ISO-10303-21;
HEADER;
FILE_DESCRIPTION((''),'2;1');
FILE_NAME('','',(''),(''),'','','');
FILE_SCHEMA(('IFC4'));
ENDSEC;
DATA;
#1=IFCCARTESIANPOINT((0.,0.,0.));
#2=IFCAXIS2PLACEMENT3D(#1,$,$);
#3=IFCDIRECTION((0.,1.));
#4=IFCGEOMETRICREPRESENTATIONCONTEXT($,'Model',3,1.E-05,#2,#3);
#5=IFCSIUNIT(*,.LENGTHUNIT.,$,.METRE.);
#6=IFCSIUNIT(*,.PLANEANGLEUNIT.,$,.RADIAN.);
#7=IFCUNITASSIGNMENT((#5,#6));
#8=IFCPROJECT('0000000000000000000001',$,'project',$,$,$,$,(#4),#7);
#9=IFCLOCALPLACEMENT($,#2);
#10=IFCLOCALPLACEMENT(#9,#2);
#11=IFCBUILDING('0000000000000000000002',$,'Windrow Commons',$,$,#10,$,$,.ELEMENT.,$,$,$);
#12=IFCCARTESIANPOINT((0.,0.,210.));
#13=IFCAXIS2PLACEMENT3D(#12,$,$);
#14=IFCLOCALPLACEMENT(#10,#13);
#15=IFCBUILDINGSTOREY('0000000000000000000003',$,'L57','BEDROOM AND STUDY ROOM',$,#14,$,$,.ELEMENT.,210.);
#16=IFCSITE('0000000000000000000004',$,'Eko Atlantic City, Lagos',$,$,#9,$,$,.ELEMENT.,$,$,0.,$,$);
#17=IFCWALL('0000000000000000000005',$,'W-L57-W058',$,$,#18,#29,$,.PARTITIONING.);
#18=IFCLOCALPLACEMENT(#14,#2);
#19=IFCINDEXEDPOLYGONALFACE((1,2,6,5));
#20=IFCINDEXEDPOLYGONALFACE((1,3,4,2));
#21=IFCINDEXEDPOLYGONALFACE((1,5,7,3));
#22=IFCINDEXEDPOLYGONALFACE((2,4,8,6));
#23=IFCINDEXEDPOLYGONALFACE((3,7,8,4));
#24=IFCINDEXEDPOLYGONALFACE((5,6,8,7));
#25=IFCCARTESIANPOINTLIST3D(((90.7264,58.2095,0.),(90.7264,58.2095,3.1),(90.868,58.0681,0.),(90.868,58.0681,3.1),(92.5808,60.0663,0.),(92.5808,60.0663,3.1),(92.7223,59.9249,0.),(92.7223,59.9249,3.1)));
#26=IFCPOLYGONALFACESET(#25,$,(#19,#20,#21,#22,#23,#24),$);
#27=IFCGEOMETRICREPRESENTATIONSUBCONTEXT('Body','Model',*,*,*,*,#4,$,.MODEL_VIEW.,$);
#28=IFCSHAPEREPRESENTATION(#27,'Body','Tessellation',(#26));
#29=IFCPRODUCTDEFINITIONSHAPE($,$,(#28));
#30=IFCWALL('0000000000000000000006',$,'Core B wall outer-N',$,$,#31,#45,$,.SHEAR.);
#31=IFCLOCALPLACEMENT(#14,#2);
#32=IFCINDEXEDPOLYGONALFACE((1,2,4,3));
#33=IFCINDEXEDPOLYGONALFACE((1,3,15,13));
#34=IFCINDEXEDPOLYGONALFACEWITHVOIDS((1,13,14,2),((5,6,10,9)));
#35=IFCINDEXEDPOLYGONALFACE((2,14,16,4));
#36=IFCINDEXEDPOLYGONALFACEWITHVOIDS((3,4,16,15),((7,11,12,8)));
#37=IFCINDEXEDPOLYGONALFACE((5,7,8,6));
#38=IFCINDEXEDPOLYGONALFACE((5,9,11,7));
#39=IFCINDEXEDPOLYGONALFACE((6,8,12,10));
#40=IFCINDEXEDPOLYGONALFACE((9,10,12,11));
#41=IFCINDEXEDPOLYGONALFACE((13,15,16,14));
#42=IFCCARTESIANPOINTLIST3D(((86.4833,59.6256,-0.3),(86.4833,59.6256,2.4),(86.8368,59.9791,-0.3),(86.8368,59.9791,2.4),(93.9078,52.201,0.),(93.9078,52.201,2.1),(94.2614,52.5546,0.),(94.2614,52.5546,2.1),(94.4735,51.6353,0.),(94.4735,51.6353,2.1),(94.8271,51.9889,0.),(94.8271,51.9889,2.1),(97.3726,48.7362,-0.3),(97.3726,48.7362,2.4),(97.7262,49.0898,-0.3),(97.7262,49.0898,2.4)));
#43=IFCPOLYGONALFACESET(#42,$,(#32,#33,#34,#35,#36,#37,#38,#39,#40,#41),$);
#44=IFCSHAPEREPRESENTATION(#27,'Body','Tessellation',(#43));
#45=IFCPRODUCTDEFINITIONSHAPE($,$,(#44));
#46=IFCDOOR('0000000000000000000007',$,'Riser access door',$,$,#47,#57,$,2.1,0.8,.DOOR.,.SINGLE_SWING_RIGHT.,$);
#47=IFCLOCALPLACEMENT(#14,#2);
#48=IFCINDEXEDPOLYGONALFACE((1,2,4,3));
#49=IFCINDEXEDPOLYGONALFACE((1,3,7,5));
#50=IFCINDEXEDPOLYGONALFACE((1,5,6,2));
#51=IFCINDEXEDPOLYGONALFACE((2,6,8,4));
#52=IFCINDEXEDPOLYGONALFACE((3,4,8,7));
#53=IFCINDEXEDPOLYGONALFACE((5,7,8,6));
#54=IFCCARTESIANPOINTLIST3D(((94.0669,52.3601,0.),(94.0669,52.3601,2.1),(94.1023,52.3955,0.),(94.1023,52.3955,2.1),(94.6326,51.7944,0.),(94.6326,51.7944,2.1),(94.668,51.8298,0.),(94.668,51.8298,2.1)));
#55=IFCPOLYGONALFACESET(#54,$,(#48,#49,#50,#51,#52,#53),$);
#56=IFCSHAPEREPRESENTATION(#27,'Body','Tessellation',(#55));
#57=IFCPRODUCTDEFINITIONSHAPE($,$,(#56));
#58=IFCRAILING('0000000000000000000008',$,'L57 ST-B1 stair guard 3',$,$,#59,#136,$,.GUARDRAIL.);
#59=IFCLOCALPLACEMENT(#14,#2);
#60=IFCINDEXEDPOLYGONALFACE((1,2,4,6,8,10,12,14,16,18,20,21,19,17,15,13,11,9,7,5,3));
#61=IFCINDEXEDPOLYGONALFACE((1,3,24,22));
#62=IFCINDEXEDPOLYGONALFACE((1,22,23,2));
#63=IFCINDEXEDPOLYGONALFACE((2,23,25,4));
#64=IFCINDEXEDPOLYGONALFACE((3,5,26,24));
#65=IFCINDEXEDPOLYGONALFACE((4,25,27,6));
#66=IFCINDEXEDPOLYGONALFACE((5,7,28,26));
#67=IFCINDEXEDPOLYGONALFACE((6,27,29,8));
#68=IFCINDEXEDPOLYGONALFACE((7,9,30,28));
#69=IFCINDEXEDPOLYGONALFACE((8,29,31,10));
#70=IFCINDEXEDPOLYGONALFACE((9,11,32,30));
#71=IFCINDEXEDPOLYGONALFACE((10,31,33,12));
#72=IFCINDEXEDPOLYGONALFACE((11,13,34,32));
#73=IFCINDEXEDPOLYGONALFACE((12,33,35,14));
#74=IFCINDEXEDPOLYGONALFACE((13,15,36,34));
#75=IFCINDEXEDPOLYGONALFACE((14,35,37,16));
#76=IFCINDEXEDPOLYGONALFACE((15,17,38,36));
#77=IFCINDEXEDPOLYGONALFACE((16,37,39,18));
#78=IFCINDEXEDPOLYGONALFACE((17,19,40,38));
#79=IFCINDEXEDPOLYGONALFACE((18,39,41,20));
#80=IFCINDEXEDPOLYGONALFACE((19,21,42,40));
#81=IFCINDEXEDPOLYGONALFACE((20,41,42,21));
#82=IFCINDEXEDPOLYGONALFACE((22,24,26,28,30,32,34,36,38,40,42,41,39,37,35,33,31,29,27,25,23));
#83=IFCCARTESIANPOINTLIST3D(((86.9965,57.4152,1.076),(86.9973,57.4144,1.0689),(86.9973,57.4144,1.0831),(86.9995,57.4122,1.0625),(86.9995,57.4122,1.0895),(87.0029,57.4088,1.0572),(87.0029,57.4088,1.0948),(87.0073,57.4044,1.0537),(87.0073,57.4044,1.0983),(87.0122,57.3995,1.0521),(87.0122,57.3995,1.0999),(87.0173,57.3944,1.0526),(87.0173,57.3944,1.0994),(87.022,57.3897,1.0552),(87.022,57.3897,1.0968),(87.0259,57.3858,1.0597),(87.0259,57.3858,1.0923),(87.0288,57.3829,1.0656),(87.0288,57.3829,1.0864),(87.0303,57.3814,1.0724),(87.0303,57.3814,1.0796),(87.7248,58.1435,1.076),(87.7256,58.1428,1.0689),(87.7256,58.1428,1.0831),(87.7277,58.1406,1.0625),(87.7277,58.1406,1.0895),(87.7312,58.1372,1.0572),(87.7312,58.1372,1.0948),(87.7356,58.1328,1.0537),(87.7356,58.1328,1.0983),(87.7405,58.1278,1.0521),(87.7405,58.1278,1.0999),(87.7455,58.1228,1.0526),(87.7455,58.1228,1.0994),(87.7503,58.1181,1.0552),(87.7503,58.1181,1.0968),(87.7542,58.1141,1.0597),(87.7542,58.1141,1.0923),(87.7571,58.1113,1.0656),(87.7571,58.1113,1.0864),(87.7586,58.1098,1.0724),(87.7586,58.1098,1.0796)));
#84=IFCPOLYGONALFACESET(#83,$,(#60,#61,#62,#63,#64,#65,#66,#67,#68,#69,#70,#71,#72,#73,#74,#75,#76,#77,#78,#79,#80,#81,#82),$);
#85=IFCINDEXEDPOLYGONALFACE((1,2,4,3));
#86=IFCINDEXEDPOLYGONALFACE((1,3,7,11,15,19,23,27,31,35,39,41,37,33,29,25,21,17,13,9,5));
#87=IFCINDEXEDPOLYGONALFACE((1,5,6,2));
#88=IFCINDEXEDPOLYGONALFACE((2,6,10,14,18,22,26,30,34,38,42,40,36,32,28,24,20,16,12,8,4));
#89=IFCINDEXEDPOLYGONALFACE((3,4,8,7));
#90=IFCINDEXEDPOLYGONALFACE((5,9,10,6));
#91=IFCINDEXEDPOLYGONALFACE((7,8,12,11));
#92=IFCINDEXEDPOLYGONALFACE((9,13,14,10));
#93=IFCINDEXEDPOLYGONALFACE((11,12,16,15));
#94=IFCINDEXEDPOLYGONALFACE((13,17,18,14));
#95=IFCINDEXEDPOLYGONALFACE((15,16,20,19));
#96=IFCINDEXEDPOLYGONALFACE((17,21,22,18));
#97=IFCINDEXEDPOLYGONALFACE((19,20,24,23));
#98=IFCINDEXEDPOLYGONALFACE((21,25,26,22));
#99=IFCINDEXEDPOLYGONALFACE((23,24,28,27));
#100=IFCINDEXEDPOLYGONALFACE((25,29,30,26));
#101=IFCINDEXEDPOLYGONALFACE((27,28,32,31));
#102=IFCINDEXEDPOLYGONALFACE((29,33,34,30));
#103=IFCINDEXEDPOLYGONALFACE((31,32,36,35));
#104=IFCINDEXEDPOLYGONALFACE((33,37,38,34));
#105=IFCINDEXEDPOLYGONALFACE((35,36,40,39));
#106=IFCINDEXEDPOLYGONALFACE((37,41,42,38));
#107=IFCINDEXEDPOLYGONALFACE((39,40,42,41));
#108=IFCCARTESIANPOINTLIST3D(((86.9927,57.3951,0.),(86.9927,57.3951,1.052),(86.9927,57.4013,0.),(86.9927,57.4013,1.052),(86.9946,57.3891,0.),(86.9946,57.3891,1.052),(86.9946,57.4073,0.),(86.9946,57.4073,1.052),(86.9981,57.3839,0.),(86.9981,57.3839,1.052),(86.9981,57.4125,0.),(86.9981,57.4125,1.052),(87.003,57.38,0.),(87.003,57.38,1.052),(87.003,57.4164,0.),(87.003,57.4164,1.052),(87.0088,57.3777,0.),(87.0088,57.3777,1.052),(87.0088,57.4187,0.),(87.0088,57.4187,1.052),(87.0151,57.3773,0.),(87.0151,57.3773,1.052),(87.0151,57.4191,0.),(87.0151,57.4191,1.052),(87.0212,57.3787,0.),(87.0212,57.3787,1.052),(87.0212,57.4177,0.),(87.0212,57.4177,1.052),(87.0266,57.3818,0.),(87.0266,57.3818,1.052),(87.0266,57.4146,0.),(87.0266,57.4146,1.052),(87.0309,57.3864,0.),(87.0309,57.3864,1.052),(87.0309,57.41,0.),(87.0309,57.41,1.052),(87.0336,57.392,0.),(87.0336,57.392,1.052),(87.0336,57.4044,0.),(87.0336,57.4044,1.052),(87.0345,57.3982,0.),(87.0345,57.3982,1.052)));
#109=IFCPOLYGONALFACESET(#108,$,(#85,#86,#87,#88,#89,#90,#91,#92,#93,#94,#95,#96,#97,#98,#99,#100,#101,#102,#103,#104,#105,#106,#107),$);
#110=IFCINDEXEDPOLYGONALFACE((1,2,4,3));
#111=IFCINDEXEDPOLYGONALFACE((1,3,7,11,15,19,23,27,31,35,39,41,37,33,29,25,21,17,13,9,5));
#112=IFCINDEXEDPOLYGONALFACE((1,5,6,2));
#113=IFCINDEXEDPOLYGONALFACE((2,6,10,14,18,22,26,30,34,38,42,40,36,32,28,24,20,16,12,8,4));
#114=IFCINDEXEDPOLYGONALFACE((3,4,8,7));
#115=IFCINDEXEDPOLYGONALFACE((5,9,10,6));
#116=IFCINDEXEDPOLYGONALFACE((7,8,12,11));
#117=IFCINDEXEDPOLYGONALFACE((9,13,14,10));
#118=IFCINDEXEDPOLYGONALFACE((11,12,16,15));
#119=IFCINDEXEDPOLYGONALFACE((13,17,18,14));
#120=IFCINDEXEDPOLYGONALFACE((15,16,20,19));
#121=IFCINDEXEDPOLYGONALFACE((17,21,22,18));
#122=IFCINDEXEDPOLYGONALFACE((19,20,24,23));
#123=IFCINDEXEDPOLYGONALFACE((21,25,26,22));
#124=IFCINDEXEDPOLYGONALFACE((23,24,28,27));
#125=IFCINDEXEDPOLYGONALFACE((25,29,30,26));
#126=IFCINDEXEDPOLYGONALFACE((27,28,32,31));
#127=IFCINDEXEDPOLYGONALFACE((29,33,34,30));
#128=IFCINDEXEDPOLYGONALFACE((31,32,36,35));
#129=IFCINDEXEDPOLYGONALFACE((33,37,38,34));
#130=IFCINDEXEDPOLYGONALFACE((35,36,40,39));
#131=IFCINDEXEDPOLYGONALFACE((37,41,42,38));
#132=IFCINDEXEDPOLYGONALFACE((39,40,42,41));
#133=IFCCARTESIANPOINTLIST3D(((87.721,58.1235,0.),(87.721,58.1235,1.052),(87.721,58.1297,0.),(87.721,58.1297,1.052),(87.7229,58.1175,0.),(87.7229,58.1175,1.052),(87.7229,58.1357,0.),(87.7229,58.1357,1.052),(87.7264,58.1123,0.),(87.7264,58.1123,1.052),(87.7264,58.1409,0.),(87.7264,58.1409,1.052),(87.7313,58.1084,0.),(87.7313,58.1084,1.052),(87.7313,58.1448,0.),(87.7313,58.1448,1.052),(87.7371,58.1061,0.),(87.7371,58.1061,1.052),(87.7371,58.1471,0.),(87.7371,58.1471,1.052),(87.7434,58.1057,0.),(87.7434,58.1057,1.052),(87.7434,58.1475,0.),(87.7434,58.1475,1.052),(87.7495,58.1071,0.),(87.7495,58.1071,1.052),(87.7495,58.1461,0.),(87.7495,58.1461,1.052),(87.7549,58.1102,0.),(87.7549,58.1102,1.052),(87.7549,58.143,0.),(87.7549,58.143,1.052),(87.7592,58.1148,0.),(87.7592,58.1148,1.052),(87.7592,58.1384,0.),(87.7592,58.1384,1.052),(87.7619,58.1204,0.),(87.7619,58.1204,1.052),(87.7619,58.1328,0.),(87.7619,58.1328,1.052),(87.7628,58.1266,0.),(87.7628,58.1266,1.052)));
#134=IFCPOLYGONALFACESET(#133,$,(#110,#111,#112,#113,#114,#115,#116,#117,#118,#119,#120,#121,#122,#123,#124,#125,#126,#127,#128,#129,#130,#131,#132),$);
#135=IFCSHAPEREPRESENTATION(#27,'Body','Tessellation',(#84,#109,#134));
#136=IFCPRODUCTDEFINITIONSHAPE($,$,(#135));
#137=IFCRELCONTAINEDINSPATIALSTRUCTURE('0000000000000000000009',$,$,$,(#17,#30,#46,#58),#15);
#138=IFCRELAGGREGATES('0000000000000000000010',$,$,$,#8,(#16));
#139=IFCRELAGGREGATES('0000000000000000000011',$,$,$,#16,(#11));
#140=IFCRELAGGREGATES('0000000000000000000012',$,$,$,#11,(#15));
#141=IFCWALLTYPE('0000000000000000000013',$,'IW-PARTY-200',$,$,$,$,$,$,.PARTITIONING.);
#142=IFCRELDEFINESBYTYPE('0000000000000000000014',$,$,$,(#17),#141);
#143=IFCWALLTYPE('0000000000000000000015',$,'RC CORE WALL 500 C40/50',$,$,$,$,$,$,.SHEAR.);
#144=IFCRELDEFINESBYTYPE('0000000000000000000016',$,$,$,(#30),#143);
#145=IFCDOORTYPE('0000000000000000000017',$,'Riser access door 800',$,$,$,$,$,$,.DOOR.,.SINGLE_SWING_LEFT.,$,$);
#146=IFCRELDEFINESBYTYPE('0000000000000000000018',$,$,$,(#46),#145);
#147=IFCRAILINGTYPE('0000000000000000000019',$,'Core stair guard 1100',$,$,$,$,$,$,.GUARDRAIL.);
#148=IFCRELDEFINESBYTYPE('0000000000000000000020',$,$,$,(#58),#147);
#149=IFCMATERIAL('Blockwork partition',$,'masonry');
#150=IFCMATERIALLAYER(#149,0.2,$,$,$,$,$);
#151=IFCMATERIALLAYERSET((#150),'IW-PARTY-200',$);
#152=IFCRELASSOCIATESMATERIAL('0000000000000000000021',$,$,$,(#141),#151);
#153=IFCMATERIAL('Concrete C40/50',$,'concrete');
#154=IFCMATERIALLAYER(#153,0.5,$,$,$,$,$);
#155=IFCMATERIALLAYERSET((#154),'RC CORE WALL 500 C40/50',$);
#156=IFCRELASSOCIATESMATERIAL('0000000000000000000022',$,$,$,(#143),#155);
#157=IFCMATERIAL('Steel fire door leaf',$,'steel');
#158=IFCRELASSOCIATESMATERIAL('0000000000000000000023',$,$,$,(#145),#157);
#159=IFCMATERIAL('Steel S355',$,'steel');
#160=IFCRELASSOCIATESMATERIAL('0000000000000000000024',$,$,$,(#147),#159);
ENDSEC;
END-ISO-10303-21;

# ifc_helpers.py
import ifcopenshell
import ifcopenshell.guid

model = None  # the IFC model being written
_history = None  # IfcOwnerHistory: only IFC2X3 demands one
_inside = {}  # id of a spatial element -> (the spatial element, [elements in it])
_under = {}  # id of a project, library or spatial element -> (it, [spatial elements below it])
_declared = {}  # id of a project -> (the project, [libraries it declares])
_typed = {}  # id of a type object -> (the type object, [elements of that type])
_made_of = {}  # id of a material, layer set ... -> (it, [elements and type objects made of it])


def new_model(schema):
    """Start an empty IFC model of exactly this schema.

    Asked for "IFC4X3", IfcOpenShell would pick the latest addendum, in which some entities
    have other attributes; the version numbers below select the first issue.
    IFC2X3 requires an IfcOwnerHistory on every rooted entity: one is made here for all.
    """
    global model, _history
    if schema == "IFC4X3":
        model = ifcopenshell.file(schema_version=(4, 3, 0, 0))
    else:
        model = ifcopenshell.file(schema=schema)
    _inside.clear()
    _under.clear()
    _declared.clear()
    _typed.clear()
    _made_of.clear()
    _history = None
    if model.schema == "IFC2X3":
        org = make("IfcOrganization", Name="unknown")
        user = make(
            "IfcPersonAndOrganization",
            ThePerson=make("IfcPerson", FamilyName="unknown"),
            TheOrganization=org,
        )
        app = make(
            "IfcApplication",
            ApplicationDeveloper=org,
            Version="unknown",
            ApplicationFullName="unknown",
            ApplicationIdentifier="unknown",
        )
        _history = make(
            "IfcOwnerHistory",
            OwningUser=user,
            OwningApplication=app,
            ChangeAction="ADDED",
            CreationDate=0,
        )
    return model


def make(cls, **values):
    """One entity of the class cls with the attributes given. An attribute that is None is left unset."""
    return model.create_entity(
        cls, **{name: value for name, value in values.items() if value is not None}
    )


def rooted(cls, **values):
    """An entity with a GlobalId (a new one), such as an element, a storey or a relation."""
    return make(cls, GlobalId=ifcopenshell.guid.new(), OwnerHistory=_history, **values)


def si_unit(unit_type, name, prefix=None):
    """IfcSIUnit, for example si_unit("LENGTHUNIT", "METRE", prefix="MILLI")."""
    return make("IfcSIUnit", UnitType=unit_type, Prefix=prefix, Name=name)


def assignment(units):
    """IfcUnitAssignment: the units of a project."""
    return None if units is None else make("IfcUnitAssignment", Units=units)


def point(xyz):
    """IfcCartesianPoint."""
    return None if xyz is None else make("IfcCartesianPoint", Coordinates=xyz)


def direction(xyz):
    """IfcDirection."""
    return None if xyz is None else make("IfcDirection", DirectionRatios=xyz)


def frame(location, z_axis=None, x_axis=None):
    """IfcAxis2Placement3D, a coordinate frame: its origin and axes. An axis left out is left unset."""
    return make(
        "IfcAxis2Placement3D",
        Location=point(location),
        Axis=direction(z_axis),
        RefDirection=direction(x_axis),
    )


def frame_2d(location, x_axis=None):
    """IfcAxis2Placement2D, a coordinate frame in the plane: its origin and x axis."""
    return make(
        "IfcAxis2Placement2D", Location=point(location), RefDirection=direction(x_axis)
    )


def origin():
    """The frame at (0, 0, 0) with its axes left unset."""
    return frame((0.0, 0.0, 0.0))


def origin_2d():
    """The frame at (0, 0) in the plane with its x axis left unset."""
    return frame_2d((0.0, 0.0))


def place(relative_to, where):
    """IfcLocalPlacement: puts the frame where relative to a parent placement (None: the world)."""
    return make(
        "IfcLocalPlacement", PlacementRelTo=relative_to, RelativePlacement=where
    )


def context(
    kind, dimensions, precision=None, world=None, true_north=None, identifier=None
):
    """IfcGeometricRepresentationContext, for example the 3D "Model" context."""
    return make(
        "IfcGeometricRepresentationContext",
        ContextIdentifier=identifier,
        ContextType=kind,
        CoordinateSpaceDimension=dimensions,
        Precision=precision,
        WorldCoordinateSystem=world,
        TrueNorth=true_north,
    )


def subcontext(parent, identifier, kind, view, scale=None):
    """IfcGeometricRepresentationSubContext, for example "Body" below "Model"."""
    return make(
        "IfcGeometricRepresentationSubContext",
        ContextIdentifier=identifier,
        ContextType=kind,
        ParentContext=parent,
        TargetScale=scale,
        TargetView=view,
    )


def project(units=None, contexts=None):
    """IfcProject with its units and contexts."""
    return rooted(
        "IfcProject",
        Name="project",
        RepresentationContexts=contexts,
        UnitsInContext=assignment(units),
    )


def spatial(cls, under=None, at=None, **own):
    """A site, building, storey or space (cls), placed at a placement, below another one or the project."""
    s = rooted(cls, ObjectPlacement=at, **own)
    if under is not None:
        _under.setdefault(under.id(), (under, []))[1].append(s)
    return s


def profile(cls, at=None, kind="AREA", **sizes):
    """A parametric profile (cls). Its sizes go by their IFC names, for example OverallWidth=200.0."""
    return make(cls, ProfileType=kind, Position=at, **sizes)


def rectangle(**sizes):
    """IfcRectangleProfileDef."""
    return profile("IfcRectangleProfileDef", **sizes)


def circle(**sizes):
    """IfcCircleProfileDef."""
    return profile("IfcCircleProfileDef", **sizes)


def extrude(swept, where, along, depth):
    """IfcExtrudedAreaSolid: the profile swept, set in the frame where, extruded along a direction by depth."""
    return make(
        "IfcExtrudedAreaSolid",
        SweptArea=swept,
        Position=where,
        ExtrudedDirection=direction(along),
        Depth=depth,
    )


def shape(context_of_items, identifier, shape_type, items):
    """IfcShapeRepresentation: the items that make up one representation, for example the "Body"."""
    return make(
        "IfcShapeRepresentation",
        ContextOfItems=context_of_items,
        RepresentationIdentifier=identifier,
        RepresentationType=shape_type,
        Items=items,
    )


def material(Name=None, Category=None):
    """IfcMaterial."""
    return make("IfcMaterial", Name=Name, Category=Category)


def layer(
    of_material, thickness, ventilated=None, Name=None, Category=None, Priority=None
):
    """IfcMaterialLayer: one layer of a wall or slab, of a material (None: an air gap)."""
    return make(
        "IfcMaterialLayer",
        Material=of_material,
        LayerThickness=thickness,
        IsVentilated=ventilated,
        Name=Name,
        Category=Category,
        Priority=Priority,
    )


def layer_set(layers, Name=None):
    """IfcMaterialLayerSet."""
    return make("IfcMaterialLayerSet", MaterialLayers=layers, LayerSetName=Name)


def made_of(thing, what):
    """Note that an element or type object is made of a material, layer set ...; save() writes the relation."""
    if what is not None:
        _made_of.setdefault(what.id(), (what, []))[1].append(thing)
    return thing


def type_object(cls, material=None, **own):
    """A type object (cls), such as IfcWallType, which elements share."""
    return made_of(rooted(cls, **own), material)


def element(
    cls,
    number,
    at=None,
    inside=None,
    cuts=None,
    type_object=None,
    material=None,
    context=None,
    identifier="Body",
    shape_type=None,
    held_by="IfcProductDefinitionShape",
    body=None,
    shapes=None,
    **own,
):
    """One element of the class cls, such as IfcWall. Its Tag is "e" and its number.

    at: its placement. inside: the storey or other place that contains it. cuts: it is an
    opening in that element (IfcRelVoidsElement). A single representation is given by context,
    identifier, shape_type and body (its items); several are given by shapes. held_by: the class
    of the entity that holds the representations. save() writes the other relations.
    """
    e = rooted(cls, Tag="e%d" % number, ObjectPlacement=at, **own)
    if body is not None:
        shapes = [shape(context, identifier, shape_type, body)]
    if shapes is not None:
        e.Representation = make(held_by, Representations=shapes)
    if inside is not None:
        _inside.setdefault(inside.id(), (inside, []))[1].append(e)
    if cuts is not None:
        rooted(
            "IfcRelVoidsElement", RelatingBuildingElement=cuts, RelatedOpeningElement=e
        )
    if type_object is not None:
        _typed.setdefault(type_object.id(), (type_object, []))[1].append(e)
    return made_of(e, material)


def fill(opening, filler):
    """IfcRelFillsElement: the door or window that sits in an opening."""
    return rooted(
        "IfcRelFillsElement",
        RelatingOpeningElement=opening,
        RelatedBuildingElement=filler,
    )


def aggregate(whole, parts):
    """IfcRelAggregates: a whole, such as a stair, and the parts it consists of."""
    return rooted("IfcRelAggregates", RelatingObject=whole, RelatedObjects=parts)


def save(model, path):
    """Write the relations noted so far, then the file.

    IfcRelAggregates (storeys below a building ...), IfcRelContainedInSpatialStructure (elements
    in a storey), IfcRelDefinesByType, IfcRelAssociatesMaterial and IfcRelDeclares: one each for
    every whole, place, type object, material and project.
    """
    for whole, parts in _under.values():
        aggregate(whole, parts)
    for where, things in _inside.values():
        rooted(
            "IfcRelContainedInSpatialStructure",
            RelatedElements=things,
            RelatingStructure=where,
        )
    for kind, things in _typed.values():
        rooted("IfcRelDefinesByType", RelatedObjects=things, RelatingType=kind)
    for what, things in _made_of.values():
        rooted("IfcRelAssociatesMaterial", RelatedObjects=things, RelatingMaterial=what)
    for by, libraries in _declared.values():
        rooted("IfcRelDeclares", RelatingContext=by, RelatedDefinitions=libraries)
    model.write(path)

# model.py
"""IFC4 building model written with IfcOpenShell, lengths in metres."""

from ifc_helpers import new_model, si_unit, direction, frame, frame_2d, origin, origin_2d, place, context, subcontext, project, spatial, rectangle, circle, extrude, material, layer, layer_set, type_object, element, fill, save


model = new_model("IFC4")

# Units and contexts
model_context = context("Model", 3, precision=1e-05, world=origin(), true_north=direction((0.0, 1.0)))
body_context = subcontext(model_context, "Body", "Model", "MODEL_VIEW")
ifc_project = project(units=[si_unit("LENGTHUNIT", "METRE"), si_unit("PLANEANGLEUNIT", "RADIAN")], contexts=[model_context])

# Site, building, storey
site_placement = place(None, origin())
site = spatial("IfcSite", under=ifc_project, at=site_placement, Name="Eko Atlantic City, Lagos", CompositionType="ELEMENT", RefElevation=0.0)
building_placement = place(site_placement, origin())
building = spatial("IfcBuilding", under=site, at=building_placement, Name="Windrow Commons", CompositionType="ELEMENT")
storey_placement = place(building_placement, frame((0.0, 0.0, 210.0)))
storey = spatial("IfcBuildingStorey", under=building, at=storey_placement, Name="L57", Description="BEDROOM AND STUDY ROOM", CompositionType="ELEMENT", Elevation=210.0)

# Wall
ifc_material_1 = material(Name="Blockwork partition", Category="masonry")
ifc_layer_1 = layer(ifc_material_1, 0.2)
ifc_layer_set_1 = layer_set([ifc_layer_1], Name="IW-PARTY-200")
wall_type_1 = type_object("IfcWallType", Name="IW-PARTY-200", PredefinedType="PARTITIONING", material=ifc_layer_set_1)
wall_1_placement = place(storey_placement, frame((90.7972, 58.1388, 0.0), z_axis=(0.0, 0.0, 1.0), x_axis=(0.706649, 0.707564, 0.0)))
element("IfcWall", 1, at=wall_1_placement, inside=storey, type_object=wall_type_1, Name="W-L57-W058", PredefinedType="PARTITIONING", context=body_context, shape_type="SweptSolid", body=[
    extrude(rectangle(XDim=2.6242, YDim=0.2, at=frame_2d((1.3121, 0.0))), origin(), (0.0, 0.0, 1.0), 3.1),
])

# Wall, opening, door
ifc_material_2 = material(Name="Concrete C40/50", Category="concrete")
ifc_layer_2 = layer(ifc_material_2, 0.5)
ifc_layer_set_2 = layer_set([ifc_layer_2], Name="RC CORE WALL 500 C40/50")
wall_type_2 = type_object("IfcWallType", Name="RC CORE WALL 500 C40/50", PredefinedType="SHEAR", material=ifc_layer_set_2)
wall_2_placement = place(storey_placement, frame((86.66, 59.8024, -0.3), z_axis=(0.0, 0.0, 1.0), x_axis=(0.707107, -0.707107, 0.0)))
wall_2 = element("IfcWall", 2, at=wall_2_placement, inside=storey, type_object=wall_type_2, Name="Core B wall outer-N", PredefinedType="SHEAR", context=body_context, shape_type="SweptSolid", body=[
    extrude(rectangle(XDim=15.3999, YDim=0.5, at=frame_2d((7.7, 0.0))), origin(), (0.0, 0.0, 1.0), 2.7),
])
opening_1_placement = place(wall_2_placement, frame((10.5, 0.0, 0.3)))
opening_1 = element("IfcOpeningElement", 3, at=opening_1_placement, cuts=wall_2, PredefinedType="OPENING", context=body_context, shape_type="SweptSolid", body=[
    extrude(rectangle(XDim=0.8, YDim=2.1, at=frame_2d((0.4, 1.05))), frame((0.0, 0.26, 0.0), z_axis=(0.0, -1.0, 0.0), x_axis=(1.0, 0.0, 0.0)), (0.0, 0.0, 1.0), 0.52),
])
ifc_material_3 = material(Name="Steel fire door leaf", Category="steel")
door_type_1 = type_object("IfcDoorType", Name="Riser access door 800", OperationType="SINGLE_SWING_LEFT", PredefinedType="DOOR", material=ifc_material_3)
door_1_placement = place(opening_1_placement, origin())
door_1 = element("IfcDoor", 4, at=door_1_placement, inside=storey, type_object=door_type_1, Name="Riser access door", OperationType="SINGLE_SWING_RIGHT", OverallHeight=2.1, OverallWidth=0.8, PredefinedType="DOOR", context=body_context, shape_type="SweptSolid", body=[
    extrude(rectangle(XDim=0.8, YDim=2.1, at=frame_2d((0.4, 1.05))), frame((0.0, 0.025, 0.0), z_axis=(0.0, -1.0, 0.0), x_axis=(1.0, 0.0, 0.0)), (0.0, 0.0, 1.0), 0.05),
])
fill(opening_1, door_1)

# Railing
ifc_material_4 = material(Name="Steel S355", Category="steel")
railing_type = type_object("IfcRailingType", Name="Core stair guard 1100", PredefinedType="GUARDRAIL", material=ifc_material_4)
railing_placement = place(storey_placement, frame((87.0135, 57.3982, 0.0)))
element("IfcRailing", 5, at=railing_placement, inside=storey, type_object=railing_type, Name="L57 ST-B1 stair guard 3", PredefinedType="GUARDRAIL", context=body_context, shape_type="SweptSolid", body=[
    extrude(circle(Radius=0.024, at=origin_2d()), frame((0.0, 0.0, 1.076), z_axis=(0.707058, 0.707155, 0.0), x_axis=(-0.707155, 0.707058, 0.0)), (0.0, 0.0, 1.0), 1.03),
    extrude(circle(Radius=0.021, at=origin_2d()), origin(), (0.0, 0.0, 1.0), 1.052),
    extrude(circle(Radius=0.021, at=origin_2d()), frame((0.7283, 0.7284, 0.0)), (0.0, 0.0, 1.0), 1.052),
])

save(model, "model.ifc")
